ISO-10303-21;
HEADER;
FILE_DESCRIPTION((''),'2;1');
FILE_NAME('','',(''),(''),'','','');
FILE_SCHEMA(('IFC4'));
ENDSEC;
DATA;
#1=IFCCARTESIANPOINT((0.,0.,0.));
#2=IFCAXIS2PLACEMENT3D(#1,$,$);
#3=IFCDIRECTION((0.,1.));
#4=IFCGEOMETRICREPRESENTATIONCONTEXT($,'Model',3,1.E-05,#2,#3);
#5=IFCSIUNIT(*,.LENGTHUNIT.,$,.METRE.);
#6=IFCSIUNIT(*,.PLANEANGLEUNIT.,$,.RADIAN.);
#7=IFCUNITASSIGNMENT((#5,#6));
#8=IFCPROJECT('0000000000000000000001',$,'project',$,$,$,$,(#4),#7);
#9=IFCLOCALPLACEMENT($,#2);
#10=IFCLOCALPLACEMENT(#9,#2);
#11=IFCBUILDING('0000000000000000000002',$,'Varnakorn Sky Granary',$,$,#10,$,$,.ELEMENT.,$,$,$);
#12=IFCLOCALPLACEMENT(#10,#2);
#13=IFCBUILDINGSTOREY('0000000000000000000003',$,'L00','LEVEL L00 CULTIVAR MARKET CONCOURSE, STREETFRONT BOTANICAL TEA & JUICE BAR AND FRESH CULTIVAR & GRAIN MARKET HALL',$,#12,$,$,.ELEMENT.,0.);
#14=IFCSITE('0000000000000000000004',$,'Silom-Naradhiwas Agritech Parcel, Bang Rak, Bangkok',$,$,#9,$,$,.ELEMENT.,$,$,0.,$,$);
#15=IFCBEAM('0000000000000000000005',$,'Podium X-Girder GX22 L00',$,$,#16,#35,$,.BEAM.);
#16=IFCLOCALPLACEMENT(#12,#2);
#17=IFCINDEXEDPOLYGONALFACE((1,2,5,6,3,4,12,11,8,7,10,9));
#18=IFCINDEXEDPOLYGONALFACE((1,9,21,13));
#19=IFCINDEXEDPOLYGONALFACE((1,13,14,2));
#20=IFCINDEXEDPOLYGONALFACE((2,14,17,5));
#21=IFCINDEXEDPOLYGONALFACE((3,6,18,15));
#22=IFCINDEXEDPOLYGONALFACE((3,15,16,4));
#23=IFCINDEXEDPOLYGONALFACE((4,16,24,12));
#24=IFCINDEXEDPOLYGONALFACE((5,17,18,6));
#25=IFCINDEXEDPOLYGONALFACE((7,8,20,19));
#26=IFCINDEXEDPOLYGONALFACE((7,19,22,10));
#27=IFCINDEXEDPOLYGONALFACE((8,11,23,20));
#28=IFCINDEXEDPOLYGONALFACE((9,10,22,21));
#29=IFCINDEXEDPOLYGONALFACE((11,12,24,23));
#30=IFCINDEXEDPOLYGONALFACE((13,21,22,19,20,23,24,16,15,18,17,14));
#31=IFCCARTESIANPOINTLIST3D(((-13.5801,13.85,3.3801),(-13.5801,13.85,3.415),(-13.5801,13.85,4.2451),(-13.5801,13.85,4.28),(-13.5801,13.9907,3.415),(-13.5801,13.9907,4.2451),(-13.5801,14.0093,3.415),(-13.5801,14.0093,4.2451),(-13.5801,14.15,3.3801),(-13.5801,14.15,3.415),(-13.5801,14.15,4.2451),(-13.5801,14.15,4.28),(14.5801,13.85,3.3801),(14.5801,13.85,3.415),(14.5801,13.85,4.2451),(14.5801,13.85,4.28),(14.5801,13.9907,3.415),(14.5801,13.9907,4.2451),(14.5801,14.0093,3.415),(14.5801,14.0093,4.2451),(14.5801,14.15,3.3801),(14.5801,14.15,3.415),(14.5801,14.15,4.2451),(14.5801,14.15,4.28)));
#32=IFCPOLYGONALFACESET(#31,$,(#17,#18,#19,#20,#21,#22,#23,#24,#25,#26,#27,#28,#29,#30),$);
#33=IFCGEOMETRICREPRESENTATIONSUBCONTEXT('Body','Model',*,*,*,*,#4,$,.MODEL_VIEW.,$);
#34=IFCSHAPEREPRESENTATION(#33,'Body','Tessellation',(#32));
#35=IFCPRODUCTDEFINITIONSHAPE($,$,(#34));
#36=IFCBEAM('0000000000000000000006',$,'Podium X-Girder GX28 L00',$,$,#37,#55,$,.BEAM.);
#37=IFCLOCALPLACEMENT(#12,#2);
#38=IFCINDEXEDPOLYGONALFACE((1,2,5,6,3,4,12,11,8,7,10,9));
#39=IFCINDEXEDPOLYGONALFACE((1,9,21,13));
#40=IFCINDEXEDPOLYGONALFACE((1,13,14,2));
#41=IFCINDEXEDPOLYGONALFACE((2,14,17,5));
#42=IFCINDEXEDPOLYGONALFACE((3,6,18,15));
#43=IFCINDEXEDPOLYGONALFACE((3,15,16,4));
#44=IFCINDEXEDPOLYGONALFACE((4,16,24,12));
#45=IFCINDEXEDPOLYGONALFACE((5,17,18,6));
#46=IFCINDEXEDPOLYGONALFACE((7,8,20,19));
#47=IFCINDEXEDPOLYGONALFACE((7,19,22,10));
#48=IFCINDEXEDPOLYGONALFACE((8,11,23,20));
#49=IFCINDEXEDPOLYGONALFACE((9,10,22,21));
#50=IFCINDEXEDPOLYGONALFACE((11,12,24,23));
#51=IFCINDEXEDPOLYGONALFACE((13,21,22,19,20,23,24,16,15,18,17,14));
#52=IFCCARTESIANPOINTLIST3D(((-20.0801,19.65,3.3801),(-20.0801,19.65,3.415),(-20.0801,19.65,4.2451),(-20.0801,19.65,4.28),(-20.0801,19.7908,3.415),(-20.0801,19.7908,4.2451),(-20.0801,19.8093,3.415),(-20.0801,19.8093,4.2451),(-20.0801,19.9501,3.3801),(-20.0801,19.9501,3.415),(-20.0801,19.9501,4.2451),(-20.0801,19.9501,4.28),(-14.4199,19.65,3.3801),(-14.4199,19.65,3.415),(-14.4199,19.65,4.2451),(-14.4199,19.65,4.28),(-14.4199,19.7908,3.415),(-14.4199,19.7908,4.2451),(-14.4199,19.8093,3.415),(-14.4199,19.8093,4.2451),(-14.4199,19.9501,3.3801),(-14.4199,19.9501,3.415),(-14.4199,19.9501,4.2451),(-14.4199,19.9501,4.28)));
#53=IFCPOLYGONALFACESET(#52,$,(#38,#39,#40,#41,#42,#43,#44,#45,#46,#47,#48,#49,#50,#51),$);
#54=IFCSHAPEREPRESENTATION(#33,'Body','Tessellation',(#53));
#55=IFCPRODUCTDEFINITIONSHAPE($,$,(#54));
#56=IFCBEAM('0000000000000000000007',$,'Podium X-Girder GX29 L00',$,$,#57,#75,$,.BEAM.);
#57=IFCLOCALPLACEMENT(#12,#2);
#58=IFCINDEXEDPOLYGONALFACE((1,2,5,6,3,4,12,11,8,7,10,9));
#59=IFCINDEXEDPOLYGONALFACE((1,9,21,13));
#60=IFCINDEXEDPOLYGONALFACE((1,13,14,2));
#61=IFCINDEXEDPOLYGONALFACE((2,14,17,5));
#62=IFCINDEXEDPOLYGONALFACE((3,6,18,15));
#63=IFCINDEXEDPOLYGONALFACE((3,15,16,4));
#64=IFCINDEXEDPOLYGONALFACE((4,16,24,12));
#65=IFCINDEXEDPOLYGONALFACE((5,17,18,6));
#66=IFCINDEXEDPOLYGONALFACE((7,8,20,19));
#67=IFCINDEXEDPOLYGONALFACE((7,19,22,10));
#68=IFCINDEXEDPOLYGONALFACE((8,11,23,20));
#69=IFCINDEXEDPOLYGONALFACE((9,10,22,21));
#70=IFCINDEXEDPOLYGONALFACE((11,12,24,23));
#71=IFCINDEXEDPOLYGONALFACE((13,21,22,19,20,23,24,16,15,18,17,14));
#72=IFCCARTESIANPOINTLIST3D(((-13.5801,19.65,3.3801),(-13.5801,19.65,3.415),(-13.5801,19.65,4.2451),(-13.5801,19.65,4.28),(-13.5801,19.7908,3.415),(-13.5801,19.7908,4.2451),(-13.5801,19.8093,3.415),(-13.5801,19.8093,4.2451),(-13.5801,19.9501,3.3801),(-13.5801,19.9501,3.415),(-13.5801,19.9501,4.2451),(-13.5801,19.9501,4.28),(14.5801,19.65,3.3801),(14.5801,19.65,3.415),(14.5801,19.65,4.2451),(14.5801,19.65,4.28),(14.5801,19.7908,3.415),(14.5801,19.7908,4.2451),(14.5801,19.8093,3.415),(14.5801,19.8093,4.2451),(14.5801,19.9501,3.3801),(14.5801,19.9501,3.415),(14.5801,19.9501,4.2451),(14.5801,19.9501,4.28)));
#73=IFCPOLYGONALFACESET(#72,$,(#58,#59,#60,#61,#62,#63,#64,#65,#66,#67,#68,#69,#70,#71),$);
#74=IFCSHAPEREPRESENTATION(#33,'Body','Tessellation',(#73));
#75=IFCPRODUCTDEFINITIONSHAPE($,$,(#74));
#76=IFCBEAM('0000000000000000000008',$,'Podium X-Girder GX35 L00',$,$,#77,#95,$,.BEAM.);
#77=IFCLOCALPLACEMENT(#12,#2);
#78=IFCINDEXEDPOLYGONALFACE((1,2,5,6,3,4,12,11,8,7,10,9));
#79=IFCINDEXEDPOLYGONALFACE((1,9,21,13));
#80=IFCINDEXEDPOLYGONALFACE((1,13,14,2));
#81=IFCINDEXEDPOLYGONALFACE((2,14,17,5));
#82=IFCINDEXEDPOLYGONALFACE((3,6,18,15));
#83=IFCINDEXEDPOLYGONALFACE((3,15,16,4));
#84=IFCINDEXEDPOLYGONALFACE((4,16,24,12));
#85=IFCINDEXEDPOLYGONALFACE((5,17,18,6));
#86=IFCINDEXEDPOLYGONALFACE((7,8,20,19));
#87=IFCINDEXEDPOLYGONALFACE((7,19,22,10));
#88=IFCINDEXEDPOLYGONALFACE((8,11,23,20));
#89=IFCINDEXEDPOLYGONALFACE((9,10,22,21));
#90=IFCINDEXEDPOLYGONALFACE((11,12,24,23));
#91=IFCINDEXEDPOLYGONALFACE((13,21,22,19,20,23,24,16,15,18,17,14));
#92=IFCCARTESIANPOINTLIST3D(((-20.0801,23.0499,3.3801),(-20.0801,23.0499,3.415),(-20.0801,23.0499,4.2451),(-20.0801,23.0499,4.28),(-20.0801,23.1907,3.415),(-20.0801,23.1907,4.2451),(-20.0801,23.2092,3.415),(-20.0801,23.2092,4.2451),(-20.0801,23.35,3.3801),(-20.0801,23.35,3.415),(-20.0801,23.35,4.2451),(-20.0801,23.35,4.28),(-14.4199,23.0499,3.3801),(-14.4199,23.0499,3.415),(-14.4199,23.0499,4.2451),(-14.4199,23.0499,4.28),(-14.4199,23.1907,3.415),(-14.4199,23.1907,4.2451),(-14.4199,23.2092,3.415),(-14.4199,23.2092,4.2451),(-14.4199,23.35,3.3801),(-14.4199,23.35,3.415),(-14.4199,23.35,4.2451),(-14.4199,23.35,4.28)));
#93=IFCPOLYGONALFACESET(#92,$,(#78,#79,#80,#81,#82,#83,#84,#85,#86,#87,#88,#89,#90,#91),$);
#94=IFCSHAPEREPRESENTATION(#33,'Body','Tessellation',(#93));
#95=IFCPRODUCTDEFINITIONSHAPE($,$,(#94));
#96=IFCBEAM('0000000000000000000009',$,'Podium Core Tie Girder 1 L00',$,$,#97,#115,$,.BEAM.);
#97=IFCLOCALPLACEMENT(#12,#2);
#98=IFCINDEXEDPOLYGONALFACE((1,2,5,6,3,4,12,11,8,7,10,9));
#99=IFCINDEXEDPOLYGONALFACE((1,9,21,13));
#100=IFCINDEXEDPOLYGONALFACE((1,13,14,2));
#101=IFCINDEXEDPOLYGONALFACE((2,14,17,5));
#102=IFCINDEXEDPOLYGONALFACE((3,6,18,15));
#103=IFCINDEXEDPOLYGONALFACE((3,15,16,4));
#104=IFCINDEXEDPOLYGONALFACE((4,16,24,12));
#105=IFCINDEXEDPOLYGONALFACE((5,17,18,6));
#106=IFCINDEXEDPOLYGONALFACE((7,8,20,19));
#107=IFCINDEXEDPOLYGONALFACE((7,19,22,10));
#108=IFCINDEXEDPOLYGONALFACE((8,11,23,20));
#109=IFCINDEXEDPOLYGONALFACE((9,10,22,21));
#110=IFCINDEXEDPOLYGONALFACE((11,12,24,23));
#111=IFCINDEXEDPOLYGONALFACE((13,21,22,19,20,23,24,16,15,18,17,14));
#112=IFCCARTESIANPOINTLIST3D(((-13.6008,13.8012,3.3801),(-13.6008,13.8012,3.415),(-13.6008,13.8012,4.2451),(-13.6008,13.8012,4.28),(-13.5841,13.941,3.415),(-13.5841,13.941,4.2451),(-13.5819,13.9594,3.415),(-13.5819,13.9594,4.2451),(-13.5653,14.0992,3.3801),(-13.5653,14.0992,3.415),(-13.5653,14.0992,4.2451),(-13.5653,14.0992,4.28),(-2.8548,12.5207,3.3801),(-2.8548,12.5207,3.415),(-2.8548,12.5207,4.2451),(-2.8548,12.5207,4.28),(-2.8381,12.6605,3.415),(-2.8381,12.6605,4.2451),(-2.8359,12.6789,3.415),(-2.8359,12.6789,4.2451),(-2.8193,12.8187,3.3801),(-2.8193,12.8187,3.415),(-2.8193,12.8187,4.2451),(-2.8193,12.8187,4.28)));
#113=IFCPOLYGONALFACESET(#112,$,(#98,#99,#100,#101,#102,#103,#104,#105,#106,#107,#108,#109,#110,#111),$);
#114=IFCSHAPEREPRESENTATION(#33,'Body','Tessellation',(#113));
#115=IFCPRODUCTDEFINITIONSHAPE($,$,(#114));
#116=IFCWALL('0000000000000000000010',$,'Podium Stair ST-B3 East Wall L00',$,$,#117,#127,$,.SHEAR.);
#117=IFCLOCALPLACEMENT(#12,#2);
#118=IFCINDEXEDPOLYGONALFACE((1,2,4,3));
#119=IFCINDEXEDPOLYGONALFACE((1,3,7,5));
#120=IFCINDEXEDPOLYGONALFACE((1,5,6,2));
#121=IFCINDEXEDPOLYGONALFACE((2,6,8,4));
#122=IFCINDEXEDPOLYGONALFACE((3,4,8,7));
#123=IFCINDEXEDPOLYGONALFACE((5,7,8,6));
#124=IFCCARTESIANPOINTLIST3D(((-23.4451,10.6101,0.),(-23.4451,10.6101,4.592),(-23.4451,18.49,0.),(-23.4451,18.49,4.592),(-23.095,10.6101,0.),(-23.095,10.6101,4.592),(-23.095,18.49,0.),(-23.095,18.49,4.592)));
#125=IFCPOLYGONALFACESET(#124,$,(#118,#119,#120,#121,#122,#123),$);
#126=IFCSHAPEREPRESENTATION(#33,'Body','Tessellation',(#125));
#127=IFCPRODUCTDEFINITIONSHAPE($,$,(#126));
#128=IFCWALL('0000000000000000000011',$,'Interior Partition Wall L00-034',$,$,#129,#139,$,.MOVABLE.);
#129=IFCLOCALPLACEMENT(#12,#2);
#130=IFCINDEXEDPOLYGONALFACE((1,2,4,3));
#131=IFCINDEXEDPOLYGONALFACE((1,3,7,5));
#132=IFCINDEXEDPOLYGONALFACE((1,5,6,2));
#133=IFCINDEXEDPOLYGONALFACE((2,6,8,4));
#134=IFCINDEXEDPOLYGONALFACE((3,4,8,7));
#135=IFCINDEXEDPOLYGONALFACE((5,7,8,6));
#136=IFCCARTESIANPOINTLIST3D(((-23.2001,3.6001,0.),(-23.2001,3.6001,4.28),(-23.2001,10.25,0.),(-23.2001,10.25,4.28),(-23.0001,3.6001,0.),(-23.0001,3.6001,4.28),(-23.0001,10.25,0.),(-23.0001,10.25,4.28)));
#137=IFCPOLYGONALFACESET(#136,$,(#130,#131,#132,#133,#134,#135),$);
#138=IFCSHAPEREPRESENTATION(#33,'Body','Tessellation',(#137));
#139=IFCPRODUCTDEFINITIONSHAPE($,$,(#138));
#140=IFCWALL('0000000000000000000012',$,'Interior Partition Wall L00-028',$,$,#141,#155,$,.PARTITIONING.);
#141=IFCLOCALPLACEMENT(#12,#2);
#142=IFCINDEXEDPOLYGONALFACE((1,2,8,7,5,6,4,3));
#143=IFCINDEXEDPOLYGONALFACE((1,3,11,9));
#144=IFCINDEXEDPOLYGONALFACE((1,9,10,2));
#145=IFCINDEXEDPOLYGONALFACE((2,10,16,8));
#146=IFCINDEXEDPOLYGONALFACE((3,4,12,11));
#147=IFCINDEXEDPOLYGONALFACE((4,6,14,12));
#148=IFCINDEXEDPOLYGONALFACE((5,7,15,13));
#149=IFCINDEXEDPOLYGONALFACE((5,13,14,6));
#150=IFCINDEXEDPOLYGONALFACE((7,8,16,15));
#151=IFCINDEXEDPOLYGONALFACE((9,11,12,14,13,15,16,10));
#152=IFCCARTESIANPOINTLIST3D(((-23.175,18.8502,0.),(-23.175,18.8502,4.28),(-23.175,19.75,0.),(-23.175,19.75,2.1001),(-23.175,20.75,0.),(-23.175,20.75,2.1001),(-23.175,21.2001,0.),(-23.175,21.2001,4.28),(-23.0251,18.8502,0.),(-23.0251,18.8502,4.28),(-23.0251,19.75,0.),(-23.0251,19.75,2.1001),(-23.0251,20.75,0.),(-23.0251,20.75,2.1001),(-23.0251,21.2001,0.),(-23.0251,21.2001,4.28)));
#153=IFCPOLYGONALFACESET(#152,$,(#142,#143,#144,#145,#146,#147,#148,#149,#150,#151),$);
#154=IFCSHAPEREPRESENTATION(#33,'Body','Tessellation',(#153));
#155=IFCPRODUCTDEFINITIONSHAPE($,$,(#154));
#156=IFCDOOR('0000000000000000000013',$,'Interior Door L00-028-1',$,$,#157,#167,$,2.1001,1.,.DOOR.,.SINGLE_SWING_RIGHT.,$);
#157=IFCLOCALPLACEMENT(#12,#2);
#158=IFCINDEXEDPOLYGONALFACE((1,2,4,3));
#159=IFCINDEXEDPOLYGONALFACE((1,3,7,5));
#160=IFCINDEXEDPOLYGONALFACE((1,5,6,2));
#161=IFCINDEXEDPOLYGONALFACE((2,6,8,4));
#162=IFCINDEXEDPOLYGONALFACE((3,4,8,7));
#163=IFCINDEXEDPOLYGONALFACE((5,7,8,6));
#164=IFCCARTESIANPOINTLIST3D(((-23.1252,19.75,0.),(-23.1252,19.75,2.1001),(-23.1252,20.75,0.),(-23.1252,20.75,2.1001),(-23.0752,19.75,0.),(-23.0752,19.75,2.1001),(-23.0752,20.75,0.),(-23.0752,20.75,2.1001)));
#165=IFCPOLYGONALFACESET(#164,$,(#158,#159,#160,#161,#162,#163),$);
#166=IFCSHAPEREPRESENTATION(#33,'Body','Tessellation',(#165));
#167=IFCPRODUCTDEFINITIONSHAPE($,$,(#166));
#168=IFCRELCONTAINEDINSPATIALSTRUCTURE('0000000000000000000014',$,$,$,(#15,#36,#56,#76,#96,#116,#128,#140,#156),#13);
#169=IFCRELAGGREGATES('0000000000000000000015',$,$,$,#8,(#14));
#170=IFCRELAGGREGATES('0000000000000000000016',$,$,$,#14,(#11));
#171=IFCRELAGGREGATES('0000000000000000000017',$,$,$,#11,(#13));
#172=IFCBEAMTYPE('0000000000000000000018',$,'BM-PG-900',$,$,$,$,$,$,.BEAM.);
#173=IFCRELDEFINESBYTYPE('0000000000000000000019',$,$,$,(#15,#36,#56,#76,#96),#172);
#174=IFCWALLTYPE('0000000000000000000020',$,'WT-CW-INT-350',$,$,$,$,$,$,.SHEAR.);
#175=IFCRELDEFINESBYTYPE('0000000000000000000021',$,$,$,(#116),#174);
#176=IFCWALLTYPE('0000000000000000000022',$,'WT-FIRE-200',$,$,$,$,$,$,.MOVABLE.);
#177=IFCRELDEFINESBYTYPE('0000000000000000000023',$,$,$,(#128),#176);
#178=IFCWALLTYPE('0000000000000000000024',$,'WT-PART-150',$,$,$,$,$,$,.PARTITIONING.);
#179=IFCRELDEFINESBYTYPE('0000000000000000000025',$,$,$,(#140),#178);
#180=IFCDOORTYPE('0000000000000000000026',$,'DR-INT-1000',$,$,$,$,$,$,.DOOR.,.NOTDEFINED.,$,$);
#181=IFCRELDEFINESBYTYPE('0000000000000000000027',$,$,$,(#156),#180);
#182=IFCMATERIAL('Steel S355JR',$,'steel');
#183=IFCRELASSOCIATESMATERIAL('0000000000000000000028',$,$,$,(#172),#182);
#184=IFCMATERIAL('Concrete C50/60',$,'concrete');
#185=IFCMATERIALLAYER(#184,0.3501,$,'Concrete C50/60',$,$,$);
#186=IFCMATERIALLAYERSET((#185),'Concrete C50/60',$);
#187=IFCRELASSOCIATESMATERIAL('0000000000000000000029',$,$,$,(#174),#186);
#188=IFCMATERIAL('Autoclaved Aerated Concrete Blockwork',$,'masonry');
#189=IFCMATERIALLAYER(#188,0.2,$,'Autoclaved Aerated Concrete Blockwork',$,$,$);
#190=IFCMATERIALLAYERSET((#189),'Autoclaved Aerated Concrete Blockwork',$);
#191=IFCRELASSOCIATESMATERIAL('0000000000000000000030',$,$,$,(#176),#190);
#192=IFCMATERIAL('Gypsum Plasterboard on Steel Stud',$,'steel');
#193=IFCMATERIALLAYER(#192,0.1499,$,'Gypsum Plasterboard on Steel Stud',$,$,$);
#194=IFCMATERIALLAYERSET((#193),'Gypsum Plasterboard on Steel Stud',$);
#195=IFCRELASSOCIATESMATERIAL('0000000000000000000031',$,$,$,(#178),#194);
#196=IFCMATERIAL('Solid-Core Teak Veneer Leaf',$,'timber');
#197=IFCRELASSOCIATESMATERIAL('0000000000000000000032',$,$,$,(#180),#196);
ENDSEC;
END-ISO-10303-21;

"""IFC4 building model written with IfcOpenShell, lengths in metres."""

from ifc_helpers import new_model, si_unit, direction, frame, frame_2d, origin, origin_2d, place, context, subcontext, project, spatial, rectangle, i_section, extrude, material, layer, layer_set, material_profile, profile_set, type_object, element, fill, save


model = new_model("IFC4")

# Units and contexts
model_context = context("Model", 3, precision=1e-05, world=origin(), true_north=direction((0.0, 1.0)))
body_context = subcontext(model_context, "Body", "Model", "MODEL_VIEW")
ifc_project = project(units=[si_unit("LENGTHUNIT", "METRE"), si_unit("PLANEANGLEUNIT", "RADIAN")], contexts=[model_context])

# Site, building, storey
site_placement = place(None, origin())
site = spatial("IfcSite", under=ifc_project, at=site_placement, Name="Silom-Naradhiwas Agritech Parcel, Bang Rak, Bangkok", CompositionType="ELEMENT", RefElevation=0.0)
building_placement = place(site_placement, origin())
building = spatial("IfcBuilding", under=site, at=building_placement, Name="Varnakorn Sky Granary", CompositionType="ELEMENT")
storey_placement = place(building_placement, origin())
storey = spatial("IfcBuildingStorey", under=building, at=storey_placement, Name="L00", Description="LEVEL L00 CULTIVAR MARKET CONCOURSE, STREETFRONT BOTANICAL TEA & JUICE BAR AND FRESH CULTIVAR & GRAIN MARKET HALL", CompositionType="ELEMENT", Elevation=0.0)

# Shared definitions
ifc_material_1 = material(Name="Concrete C50/60", Category="concrete")

# Beams
ifc_material_2 = material(Name="Steel S355JR", Category="steel")
ifc_material_profile_1 = material_profile(ifc_material_2, i_section(OverallWidth=0.3, OverallDepth=0.8999, WebThickness=0.0186, FlangeThickness=0.0349, at=origin_2d()), Name="HE 900 B")
ifc_profile_set_1 = profile_set([ifc_material_profile_1], Name="Steel S355JR")
beam_type_1 = type_object("IfcBeamType", Name="BM-PG-900", PredefinedType="BEAM", material=ifc_profile_set_1)
beam_1_placement = place(storey_placement, frame((-13.5801, 14.0, 3.8301), z_axis=(1.0, 0.0, 0.0), x_axis=(0.0, 1.0, 0.0)))
element("IfcBeam", 1, at=beam_1_placement, inside=storey, type_object=beam_type_1, Name="Podium X-Girder GX22 L00", PredefinedType="BEAM", context=body_context, shape_type="SweptSolid", body=[
    extrude(i_section(OverallWidth=0.3, OverallDepth=0.8999, WebThickness=0.0186, FlangeThickness=0.0349, at=origin_2d()), origin(), (0.0, 0.0, 1.0), 28.1602),
])
beam_2_placement = place(storey_placement, frame((-20.0801, 19.8, 3.8301), z_axis=(1.0, 0.0, 0.0), x_axis=(0.0, 1.0, 0.0)))
element("IfcBeam", 2, at=beam_2_placement, inside=storey, type_object=beam_type_1, Name="Podium X-Girder GX28 L00", PredefinedType="BEAM", context=body_context, shape_type="SweptSolid", body=[
    extrude(i_section(OverallWidth=0.3, OverallDepth=0.8999, WebThickness=0.0186, FlangeThickness=0.0349, at=origin_2d()), origin(), (0.0, 0.0, 1.0), 5.6602),
])
beam_3_placement = place(storey_placement, frame((-13.5801, 19.8, 3.8301), z_axis=(1.0, 0.0, 0.0), x_axis=(0.0, 1.0, 0.0)))
element("IfcBeam", 3, at=beam_3_placement, inside=storey, type_object=beam_type_1, Name="Podium X-Girder GX29 L00", PredefinedType="BEAM", context=body_context, shape_type="SweptSolid", body=[
    extrude(i_section(OverallWidth=0.3, OverallDepth=0.8999, WebThickness=0.0186, FlangeThickness=0.0349, at=origin_2d()), origin(), (0.0, 0.0, 1.0), 28.1602),
])
beam_4_placement = place(storey_placement, frame((-20.0801, 23.2, 3.8301), z_axis=(1.0, 0.0, 0.0), x_axis=(0.0, 1.0, 0.0)))
element("IfcBeam", 4, at=beam_4_placement, inside=storey, type_object=beam_type_1, Name="Podium X-Girder GX35 L00", PredefinedType="BEAM", context=body_context, shape_type="SweptSolid", body=[
    extrude(i_section(OverallWidth=0.3, OverallDepth=0.8999, WebThickness=0.0186, FlangeThickness=0.0349, at=origin_2d()), origin(), (0.0, 0.0, 1.0), 5.6602),
])
beam_5_placement = place(storey_placement, frame((-13.583, 13.9502, 3.8301), z_axis=(0.992975, -0.118324, 0.0), x_axis=(0.118324, 0.992975, 0.0)))
element("IfcBeam", 5, at=beam_5_placement, inside=storey, type_object=beam_type_1, Name="Podium Core Tie Girder 1 L00", PredefinedType="BEAM", context=body_context, shape_type="SweptSolid", body=[
    extrude(i_section(OverallWidth=0.3, OverallDepth=0.8999, WebThickness=0.0186, FlangeThickness=0.0349, at=origin_2d()), origin(), (0.0, 0.0, 1.0), 10.822),
])

# Walls
ifc_layer_1 = layer(ifc_material_1, 0.3501, Name="Concrete C50/60")
ifc_layer_set_1 = layer_set([ifc_layer_1], Name="Concrete C50/60")
wall_type_1 = type_object("IfcWallType", Name="WT-CW-INT-350", PredefinedType="SHEAR", material=ifc_layer_set_1)
wall_1_placement = place(storey_placement, frame((-23.27, 10.6101, 0.0), z_axis=(0.0, 0.0, 1.0), x_axis=(0.0, 1.0, 0.0)))
element("IfcWall", 6, at=wall_1_placement, inside=storey, type_object=wall_type_1, Name="Podium Stair ST-B3 East Wall L00", PredefinedType="SHEAR", context=body_context, shape_type="SweptSolid", body=[
    extrude(rectangle(XDim=7.8799, YDim=0.3501, at=frame_2d((3.9399, 0.0))), origin(), (0.0, 0.0, 1.0), 4.592),
])
ifc_material_3 = material(Name="Autoclaved Aerated Concrete Blockwork", Category="masonry")
ifc_layer_2 = layer(ifc_material_3, 0.2, Name="Autoclaved Aerated Concrete Blockwork")
ifc_layer_set_2 = layer_set([ifc_layer_2], Name="Autoclaved Aerated Concrete Blockwork")
wall_type_2 = type_object("IfcWallType", Name="WT-FIRE-200", PredefinedType="MOVABLE", material=ifc_layer_set_2)
wall_2_placement = place(storey_placement, frame((-23.1001, 10.25, 0.0), z_axis=(0.0, 0.0, 1.0), x_axis=(0.0, -1.0, 0.0)))
element("IfcWall", 7, at=wall_2_placement, inside=storey, type_object=wall_type_2, Name="Interior Partition Wall L00-034", PredefinedType="MOVABLE", context=body_context, shape_type="SweptSolid", body=[
    extrude(rectangle(XDim=6.6499, YDim=0.2, at=frame_2d((3.325, 0.0))), origin(), (0.0, 0.0, 1.0), 4.28),
])

# Wall, opening, door
ifc_material_4 = material(Name="Gypsum Plasterboard on Steel Stud", Category="steel")
ifc_layer_3 = layer(ifc_material_4, 0.1499, Name="Gypsum Plasterboard on Steel Stud")
ifc_layer_set_3 = layer_set([ifc_layer_3], Name="Gypsum Plasterboard on Steel Stud")
wall_type_3 = type_object("IfcWallType", Name="WT-PART-150", PredefinedType="PARTITIONING", material=ifc_layer_set_3)
wall_3_placement = place(storey_placement, frame((-23.1001, 21.2, 0.0), z_axis=(0.0, 0.0, 1.0), x_axis=(0.0, -1.0, 0.0)))
wall_3 = element("IfcWall", 8, at=wall_3_placement, inside=storey, type_object=wall_type_3, Name="Interior Partition Wall L00-028", PredefinedType="PARTITIONING", context=body_context, shape_type="SweptSolid", body=[
    extrude(rectangle(XDim=2.3499, YDim=0.1499, at=frame_2d((1.1748, 0.0))), origin(), (0.0, 0.0, 1.0), 4.28),
])
opening_1_placement = place(wall_3_placement, frame((0.45, 0.0, 0.0)))
opening_1 = element("IfcOpeningElement", 9, at=opening_1_placement, cuts=wall_3, PredefinedType="OPENING", context=body_context, shape_type="SweptSolid", body=[
    extrude(rectangle(XDim=1.0, YDim=2.1001, at=frame_2d((0.5, 1.05))), frame((0.0, 0.085, 0.0), z_axis=(0.0, -1.0, 0.0), x_axis=(1.0, 0.0, 0.0)), (0.0, 0.0, 1.0), 0.1699),
])
ifc_material_5 = material(Name="Solid-Core Teak Veneer Leaf", Category="timber")
door_type = type_object("IfcDoorType", Name="DR-INT-1000", OperationType="NOTDEFINED", PredefinedType="DOOR", material=ifc_material_5)
door_1_placement = place(opening_1_placement, origin())
door_1 = element("IfcDoor", 10, at=door_1_placement, inside=storey, type_object=door_type, Name="Interior Door L00-028-1", OperationType="SINGLE_SWING_RIGHT", OverallHeight=2.1001, OverallWidth=1.0, PredefinedType="DOOR", context=body_context, shape_type="SweptSolid", body=[
    extrude(rectangle(XDim=1.0, YDim=2.1001, at=frame_2d((0.5, 1.05))), frame((0.0, 0.0249, 0.0), z_axis=(0.0, -1.0, 0.0), x_axis=(1.0, 0.0, 0.0)), (0.0, 0.0, 1.0), 0.05),
])
fill(opening_1, door_1)

save(model, "model.ifc")
